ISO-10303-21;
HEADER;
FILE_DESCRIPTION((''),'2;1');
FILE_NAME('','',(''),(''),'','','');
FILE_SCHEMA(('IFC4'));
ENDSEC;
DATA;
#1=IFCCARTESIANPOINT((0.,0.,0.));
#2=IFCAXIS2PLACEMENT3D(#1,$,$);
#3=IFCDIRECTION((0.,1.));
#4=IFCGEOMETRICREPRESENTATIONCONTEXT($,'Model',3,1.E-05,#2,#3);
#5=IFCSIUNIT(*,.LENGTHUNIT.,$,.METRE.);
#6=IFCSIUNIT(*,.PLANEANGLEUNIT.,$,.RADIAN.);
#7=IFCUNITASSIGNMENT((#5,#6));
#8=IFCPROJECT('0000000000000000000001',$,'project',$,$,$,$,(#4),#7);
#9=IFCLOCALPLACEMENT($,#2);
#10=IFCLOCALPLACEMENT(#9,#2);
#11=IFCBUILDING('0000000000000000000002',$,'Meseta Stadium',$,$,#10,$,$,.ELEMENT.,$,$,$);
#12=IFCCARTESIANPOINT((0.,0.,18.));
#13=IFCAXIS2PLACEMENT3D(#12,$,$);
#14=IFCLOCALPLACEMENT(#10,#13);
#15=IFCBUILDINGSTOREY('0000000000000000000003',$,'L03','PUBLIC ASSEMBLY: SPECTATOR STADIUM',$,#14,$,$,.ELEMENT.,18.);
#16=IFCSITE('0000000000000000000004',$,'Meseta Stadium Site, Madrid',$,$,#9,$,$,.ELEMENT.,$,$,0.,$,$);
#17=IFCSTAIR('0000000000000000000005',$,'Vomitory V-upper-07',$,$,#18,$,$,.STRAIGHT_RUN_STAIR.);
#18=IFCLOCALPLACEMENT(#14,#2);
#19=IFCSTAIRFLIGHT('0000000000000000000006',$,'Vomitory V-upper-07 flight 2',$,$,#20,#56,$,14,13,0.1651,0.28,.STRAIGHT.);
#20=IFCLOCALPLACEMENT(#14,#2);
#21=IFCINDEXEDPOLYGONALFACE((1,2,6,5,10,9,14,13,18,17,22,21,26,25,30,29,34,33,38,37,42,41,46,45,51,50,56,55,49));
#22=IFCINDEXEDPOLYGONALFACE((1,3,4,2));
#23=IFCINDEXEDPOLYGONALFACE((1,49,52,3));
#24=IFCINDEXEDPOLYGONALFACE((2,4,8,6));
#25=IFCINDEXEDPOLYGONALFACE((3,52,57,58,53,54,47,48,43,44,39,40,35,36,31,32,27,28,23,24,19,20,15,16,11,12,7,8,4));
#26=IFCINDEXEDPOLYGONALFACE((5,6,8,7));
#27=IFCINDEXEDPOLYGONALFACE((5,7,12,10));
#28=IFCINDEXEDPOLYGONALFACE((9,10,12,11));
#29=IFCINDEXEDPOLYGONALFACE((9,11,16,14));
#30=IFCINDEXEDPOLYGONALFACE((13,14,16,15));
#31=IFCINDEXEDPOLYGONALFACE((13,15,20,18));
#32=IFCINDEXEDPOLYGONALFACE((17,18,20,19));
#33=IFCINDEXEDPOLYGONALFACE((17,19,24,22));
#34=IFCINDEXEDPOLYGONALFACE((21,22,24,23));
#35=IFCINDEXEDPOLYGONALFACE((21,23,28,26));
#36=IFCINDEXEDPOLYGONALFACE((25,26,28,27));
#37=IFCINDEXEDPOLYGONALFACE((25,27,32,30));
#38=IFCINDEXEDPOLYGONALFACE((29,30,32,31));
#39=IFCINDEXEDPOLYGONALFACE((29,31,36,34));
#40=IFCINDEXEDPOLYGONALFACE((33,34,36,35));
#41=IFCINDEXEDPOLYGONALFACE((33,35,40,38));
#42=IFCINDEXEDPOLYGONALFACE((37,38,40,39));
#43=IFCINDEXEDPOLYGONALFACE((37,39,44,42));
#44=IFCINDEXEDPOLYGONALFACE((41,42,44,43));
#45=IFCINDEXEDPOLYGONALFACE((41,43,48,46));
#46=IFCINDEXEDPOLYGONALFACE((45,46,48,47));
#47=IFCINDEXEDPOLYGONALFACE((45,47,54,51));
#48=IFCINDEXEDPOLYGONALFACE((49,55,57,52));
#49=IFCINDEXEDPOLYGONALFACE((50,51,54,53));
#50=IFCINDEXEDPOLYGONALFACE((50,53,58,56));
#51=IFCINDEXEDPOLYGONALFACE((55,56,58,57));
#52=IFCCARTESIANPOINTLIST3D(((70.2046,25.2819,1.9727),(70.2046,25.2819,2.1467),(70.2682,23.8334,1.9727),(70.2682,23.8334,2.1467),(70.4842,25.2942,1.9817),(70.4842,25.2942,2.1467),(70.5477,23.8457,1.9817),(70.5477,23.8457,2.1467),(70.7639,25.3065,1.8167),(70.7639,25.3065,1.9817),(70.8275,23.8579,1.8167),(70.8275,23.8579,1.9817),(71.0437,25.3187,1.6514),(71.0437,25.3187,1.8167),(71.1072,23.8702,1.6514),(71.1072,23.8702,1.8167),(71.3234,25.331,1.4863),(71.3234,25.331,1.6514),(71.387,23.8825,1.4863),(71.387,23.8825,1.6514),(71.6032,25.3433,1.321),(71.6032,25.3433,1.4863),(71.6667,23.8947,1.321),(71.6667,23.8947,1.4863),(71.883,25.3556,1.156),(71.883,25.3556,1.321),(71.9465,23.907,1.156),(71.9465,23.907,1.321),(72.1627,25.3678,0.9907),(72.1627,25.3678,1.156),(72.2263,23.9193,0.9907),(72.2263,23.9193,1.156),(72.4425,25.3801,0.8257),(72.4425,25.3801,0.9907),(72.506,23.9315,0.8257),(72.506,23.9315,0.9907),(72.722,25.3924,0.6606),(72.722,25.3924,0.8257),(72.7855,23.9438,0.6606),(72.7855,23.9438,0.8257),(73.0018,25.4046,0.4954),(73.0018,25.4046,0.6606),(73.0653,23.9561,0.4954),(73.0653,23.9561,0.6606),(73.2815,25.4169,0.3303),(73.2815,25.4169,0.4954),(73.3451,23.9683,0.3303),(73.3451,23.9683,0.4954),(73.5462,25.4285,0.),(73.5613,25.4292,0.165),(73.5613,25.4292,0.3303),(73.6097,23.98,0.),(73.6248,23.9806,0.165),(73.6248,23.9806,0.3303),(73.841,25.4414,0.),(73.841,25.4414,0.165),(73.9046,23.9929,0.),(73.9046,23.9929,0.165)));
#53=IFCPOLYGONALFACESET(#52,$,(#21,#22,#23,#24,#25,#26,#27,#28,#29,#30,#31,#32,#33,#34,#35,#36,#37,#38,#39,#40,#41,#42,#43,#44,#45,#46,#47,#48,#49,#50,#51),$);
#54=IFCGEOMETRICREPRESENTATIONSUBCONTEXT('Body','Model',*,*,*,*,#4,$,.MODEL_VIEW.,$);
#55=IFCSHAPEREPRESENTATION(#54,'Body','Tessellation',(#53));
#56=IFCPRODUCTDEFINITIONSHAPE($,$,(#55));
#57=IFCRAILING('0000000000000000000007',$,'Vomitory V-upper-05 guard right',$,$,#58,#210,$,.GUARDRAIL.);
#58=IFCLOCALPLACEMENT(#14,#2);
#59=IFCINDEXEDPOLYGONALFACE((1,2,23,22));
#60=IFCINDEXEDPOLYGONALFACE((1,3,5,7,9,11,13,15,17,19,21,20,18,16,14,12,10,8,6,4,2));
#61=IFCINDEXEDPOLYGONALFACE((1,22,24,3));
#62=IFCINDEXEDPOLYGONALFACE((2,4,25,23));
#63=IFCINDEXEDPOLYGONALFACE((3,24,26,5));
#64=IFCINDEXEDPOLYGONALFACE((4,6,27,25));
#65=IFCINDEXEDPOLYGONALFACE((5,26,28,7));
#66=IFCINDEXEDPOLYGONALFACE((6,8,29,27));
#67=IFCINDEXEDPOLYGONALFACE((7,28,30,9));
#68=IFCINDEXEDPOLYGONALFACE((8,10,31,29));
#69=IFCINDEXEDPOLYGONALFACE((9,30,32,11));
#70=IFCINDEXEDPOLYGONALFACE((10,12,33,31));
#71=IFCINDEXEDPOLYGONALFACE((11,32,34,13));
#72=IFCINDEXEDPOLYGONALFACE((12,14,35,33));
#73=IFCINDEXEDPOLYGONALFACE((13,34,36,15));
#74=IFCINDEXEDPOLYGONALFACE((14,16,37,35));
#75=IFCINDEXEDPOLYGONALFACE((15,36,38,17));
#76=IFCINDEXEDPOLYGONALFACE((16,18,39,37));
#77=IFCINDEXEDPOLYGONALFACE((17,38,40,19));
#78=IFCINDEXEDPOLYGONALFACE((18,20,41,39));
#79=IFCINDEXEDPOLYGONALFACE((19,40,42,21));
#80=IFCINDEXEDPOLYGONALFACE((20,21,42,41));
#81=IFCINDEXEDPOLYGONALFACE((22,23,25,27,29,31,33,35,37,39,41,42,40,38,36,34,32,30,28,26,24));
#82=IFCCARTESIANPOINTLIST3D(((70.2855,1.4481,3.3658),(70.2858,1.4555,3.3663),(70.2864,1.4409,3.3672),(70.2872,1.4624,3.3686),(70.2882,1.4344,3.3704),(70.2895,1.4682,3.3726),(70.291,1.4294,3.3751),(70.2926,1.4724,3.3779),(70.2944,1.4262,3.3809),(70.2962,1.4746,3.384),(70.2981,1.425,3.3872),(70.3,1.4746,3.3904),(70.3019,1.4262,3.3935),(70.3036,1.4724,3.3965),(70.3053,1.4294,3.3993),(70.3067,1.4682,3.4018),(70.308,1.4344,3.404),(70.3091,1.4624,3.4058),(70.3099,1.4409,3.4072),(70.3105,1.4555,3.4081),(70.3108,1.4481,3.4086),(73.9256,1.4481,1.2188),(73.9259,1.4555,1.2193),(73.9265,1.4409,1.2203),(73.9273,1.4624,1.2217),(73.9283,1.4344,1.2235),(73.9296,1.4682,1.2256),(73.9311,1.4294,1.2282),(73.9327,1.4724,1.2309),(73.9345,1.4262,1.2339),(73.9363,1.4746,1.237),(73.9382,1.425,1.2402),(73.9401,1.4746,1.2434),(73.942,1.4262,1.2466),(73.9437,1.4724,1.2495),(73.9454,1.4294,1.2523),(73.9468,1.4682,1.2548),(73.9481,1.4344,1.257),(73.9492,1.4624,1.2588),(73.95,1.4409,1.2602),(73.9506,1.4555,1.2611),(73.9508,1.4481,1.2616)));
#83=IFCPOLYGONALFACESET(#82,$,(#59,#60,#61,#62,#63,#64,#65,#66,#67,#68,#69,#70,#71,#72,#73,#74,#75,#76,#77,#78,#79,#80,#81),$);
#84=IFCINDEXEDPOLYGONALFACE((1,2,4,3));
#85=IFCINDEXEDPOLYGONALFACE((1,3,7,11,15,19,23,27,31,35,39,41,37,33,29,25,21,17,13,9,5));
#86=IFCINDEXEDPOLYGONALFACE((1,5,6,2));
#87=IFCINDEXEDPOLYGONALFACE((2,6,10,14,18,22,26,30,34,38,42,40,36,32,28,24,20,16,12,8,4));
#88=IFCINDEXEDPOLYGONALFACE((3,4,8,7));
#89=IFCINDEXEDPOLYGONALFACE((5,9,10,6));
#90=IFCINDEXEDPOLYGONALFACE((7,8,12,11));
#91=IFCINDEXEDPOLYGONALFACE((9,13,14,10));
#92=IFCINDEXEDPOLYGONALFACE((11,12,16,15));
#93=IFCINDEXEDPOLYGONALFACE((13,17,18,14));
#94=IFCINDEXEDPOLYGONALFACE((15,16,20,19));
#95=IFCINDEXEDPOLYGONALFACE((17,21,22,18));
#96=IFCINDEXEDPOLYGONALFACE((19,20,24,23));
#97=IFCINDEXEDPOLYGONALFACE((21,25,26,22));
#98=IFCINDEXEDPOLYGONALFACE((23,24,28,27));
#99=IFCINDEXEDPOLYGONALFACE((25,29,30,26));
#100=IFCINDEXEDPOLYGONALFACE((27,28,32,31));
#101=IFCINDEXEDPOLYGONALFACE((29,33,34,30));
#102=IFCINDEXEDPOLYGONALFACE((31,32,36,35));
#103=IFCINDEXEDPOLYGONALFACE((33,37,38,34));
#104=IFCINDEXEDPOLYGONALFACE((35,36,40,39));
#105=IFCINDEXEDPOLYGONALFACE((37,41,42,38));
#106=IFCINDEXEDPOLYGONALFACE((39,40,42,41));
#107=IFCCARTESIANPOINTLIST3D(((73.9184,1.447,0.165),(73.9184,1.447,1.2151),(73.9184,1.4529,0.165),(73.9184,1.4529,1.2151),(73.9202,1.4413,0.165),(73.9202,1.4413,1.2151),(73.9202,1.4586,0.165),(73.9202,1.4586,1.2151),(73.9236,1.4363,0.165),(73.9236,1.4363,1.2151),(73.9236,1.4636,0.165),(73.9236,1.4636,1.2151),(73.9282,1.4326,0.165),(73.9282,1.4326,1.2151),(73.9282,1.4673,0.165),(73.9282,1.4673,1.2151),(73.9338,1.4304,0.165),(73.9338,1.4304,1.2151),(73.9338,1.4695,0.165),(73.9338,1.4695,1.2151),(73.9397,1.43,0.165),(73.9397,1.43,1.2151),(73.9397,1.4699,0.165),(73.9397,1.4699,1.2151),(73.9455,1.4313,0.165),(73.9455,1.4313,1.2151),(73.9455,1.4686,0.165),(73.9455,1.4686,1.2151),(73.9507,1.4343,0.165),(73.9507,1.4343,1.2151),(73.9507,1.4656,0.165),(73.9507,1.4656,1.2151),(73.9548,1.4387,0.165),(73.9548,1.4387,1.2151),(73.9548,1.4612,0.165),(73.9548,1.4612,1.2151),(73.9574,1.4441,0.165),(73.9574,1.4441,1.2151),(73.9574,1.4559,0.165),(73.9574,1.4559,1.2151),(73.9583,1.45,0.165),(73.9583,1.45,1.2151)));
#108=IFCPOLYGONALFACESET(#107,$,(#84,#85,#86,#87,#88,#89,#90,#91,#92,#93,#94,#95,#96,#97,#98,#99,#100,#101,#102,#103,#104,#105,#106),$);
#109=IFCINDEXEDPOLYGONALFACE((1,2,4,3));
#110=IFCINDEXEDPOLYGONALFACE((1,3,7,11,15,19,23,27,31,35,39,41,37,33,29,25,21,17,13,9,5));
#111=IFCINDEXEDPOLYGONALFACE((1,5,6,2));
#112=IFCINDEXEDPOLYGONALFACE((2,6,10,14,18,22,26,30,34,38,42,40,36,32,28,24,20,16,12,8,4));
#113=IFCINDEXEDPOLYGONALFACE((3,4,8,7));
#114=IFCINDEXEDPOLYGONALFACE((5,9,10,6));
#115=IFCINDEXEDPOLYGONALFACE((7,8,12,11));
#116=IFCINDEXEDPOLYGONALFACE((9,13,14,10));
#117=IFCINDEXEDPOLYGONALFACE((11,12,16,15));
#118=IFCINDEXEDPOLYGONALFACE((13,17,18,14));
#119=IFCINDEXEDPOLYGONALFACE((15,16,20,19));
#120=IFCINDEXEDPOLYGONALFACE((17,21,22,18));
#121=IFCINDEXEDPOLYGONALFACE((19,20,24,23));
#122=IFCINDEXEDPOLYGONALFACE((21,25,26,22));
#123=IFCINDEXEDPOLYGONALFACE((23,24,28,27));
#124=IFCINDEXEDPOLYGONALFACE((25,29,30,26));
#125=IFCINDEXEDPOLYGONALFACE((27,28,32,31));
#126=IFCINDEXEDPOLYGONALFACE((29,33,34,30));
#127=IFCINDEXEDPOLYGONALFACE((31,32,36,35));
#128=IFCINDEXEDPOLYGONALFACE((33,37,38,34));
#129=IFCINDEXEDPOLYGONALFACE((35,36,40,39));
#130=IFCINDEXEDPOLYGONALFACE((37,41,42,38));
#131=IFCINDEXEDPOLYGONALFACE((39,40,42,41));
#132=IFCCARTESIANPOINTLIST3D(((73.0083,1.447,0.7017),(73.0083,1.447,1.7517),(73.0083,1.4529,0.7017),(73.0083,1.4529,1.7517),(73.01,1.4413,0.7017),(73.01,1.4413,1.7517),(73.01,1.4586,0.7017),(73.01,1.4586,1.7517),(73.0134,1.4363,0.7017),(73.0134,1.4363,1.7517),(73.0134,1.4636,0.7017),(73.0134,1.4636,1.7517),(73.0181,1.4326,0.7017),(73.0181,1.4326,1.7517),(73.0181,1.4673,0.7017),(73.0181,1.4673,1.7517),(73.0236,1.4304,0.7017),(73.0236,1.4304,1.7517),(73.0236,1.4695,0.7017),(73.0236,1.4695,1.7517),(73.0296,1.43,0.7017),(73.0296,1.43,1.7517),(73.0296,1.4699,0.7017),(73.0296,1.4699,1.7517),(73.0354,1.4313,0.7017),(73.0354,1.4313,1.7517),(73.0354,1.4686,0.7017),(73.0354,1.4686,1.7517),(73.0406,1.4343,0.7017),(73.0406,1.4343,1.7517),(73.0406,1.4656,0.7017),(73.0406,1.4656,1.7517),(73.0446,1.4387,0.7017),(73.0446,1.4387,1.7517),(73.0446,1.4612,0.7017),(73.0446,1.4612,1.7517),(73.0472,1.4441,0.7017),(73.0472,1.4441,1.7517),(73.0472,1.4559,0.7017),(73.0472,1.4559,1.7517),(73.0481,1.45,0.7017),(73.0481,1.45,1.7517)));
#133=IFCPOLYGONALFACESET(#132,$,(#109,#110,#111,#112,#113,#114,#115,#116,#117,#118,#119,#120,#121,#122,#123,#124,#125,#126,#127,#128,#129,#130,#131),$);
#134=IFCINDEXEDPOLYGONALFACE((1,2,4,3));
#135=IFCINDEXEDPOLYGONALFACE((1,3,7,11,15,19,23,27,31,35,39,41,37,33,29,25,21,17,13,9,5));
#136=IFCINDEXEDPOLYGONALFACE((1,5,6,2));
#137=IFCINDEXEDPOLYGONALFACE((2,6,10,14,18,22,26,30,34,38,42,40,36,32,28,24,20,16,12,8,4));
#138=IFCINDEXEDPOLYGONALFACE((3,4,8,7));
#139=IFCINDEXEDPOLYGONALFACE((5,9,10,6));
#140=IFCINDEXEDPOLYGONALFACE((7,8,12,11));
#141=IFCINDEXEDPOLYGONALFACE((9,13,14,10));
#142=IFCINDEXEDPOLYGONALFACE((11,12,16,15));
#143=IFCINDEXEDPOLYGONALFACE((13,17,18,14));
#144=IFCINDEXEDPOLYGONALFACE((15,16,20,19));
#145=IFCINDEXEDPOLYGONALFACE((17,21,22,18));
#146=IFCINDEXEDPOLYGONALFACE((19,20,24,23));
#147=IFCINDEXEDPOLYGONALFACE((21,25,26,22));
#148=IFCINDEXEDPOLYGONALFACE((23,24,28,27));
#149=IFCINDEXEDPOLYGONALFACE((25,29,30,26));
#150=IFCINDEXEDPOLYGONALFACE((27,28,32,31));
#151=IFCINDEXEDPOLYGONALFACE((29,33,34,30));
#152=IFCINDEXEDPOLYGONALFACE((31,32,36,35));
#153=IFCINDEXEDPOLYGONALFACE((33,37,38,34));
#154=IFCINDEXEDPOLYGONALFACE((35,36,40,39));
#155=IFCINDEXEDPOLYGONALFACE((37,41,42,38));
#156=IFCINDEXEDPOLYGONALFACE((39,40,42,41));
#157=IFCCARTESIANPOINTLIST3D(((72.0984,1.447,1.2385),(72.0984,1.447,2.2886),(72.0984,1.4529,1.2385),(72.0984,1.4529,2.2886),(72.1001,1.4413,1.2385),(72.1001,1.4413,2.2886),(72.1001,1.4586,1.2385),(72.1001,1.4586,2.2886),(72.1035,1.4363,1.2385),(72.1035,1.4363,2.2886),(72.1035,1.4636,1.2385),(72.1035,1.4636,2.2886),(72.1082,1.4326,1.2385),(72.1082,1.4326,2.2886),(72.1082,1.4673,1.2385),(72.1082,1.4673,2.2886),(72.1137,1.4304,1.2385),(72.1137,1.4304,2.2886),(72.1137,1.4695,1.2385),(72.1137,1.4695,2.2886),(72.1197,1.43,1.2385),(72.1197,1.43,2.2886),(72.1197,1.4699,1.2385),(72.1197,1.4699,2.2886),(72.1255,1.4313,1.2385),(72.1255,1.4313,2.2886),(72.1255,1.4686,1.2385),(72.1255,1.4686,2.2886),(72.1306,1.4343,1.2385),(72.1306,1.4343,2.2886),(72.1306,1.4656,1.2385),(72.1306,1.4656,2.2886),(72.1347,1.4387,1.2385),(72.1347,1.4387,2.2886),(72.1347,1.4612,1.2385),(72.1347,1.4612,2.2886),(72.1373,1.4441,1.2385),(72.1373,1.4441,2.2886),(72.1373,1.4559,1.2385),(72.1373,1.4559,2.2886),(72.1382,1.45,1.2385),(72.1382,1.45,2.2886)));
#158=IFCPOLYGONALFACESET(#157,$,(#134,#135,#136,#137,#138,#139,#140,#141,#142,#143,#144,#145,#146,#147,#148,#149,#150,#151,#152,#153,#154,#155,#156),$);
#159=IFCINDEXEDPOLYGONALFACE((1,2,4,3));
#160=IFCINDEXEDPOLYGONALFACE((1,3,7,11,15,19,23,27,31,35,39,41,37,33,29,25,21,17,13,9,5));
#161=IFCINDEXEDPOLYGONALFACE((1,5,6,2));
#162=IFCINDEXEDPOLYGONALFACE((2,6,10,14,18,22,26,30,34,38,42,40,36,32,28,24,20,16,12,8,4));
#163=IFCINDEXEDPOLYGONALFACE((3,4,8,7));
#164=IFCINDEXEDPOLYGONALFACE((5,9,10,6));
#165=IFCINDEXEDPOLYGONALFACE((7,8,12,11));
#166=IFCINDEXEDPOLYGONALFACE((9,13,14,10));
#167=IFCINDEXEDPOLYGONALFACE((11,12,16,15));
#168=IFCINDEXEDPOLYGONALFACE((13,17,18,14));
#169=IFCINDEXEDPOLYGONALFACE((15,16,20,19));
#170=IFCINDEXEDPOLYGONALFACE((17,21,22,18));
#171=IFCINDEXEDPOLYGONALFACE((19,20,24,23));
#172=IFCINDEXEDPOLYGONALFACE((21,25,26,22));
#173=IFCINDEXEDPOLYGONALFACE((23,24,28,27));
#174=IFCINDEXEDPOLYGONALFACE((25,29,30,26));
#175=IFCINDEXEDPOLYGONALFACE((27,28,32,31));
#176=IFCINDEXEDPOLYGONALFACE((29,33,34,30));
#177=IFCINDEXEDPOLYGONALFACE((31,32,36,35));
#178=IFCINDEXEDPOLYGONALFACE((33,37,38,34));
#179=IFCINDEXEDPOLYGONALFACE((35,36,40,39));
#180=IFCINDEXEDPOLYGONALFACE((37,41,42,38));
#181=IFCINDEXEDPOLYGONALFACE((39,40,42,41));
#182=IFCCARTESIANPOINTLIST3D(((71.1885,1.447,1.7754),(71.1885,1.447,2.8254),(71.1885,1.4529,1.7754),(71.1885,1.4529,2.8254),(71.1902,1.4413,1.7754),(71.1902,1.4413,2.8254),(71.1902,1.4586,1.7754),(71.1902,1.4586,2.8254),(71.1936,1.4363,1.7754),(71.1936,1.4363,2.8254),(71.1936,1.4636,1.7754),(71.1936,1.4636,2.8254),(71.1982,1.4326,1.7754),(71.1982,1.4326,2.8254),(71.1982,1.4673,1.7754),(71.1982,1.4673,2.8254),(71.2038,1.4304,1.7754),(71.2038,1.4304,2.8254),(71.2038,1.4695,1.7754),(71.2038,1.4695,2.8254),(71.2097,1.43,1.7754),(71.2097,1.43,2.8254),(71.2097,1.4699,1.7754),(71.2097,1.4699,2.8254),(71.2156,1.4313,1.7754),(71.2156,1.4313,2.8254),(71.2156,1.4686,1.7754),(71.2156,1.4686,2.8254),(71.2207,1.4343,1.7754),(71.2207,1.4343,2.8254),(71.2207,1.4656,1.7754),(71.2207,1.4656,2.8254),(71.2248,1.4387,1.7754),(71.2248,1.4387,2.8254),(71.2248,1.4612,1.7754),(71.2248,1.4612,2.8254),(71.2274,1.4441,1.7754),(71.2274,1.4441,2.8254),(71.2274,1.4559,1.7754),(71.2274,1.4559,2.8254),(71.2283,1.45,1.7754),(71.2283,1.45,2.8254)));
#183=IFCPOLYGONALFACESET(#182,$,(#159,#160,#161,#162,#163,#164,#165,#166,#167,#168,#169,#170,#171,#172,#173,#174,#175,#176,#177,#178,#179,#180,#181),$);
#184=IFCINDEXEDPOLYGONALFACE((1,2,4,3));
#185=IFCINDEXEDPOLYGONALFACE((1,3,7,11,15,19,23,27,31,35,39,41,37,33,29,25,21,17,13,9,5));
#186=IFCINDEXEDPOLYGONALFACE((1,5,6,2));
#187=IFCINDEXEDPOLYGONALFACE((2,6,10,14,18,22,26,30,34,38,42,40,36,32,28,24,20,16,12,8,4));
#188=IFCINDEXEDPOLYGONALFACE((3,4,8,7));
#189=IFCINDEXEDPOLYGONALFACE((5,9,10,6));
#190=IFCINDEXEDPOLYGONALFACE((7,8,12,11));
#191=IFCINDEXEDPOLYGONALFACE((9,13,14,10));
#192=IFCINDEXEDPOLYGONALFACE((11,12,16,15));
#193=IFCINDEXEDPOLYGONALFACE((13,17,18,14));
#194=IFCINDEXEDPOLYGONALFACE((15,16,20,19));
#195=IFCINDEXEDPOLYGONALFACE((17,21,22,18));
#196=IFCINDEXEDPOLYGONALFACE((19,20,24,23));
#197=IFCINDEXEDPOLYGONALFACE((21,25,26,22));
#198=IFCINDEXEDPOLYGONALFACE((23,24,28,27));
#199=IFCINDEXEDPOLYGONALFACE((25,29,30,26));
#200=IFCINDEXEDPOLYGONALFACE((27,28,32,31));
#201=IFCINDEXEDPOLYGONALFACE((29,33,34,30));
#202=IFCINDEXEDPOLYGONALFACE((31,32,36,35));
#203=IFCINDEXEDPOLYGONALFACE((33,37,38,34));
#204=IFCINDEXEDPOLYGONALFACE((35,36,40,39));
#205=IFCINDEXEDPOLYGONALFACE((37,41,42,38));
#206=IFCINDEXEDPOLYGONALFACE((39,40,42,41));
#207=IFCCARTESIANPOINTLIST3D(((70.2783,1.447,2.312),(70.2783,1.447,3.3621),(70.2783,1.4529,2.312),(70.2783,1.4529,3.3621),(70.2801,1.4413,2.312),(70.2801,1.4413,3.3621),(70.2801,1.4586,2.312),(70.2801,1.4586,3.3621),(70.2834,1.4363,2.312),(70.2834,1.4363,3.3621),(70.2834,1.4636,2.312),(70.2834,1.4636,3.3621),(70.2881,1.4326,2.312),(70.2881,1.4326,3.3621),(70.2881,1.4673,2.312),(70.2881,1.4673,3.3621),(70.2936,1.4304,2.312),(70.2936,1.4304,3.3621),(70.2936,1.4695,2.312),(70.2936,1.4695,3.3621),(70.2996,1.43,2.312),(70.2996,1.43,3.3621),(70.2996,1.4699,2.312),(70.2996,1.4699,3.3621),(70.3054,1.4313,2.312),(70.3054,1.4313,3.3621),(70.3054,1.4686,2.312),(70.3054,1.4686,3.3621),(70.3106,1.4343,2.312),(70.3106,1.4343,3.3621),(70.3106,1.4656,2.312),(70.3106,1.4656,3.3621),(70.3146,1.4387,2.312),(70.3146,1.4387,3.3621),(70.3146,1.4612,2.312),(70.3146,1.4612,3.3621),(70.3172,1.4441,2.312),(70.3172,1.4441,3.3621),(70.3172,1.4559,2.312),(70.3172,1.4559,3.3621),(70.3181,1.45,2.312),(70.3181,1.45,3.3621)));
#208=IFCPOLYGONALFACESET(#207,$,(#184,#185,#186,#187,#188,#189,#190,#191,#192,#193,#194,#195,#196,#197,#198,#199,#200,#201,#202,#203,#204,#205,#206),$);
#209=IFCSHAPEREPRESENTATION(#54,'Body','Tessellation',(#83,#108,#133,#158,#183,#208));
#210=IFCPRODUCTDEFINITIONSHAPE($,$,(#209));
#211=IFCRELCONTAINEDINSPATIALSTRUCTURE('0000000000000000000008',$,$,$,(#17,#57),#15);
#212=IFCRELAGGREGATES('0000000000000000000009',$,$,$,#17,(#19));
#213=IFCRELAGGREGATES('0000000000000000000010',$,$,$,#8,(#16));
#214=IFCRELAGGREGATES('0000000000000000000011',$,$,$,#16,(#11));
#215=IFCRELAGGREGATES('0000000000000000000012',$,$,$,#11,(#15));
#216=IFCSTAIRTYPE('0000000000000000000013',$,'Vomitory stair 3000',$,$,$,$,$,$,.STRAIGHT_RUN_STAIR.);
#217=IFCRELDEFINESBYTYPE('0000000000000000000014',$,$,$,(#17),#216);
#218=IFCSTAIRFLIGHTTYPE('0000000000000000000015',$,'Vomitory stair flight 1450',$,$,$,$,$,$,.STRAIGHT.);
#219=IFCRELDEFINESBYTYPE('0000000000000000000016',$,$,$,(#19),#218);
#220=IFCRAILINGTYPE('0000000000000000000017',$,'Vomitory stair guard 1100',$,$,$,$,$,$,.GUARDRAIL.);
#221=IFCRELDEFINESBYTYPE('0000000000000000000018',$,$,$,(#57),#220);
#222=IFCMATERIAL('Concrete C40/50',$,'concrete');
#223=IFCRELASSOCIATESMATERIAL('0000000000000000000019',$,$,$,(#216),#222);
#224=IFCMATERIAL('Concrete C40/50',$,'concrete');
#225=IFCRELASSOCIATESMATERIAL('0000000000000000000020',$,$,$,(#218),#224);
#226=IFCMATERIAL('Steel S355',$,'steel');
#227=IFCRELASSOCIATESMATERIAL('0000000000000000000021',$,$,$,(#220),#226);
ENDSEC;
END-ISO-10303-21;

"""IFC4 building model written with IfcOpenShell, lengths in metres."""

from ifc_helpers import new_model, si_unit, direction, frame, origin, origin_2d, place, context, subcontext, project, spatial, polyline, circle, outline, extrude, material, type_object, element, aggregate, save


model = new_model("IFC4")

# Units and contexts
model_context = context("Model", 3, precision=1e-05, world=origin(), true_north=direction((0.0, 1.0)))
body_context = subcontext(model_context, "Body", "Model", "MODEL_VIEW")
ifc_project = project(units=[si_unit("LENGTHUNIT", "METRE"), si_unit("PLANEANGLEUNIT", "RADIAN")], contexts=[model_context])

# Site, building, storey
site_placement = place(None, origin())
site = spatial("IfcSite", under=ifc_project, at=site_placement, Name="Meseta Stadium Site, Madrid", CompositionType="ELEMENT", RefElevation=0.0)
building_placement = place(site_placement, origin())
building = spatial("IfcBuilding", under=site, at=building_placement, Name="Meseta Stadium", CompositionType="ELEMENT")
storey_placement = place(building_placement, frame((0.0, 0.0, 18.0)))
storey = spatial("IfcBuildingStorey", under=building, at=storey_placement, Name="L03", Description="PUBLIC ASSEMBLY: SPECTATOR STADIUM", CompositionType="ELEMENT", Elevation=18.0)

# Shared definitions
ifc_material_1 = material(Name="Concrete C40/50", Category="concrete")
stair_type = type_object("IfcStairType", Name="Vomitory stair 3000", PredefinedType="STRAIGHT_RUN_STAIR", material=ifc_material_1)
ifc_material_2 = material(Name="Concrete C40/50", Category="concrete")
stair_flight_type = type_object("IfcStairFlightType", Name="Vomitory stair flight 1450", PredefinedType="STRAIGHT", material=ifc_material_2)

# Stair, stair flight
stair_1_placement = place(storey_placement, origin())
stair_1 = element("IfcStair", 1, at=stair_1_placement, inside=storey, type_object=stair_type, Name="Vomitory V-upper-07", PredefinedType="STRAIGHT_RUN_STAIR")
stair_flight_1_placement = place(storey_placement, frame((73.8728, 24.7173, 0.0), z_axis=(0.0, 0.0, 1.0), x_axis=(-0.99904, -0.043818, 0.0)))
stair_flight_1 = element("IfcStairFlight", 2, at=stair_flight_1_placement, type_object=stair_flight_type, Name="Vomitory V-upper-07 flight 2", NumberOfRisers=14, NumberOfTreads=13, PredefinedType="STRAIGHT", RiserHeight=0.1651, TreadLength=0.28, context=body_context, shape_type="SweptSolid", body=[
    extrude(outline(polyline([(0.0, 0.0), (0.0, 0.165), (0.28, 0.165), (0.28, 0.3303), (0.5601, 0.3303), (0.5601, 0.4954), (0.8401, 0.4954), (0.8401, 0.6606), (1.1201, 0.6606), (1.1201, 0.8257), (1.3999, 0.8257), (1.3999, 0.9907), (1.6799, 0.9907), (1.6799, 1.156), (1.96, 1.156), (1.96, 1.321), (2.24, 1.321), (2.24, 1.4863), (2.52, 1.4863), (2.52, 1.6514), (2.8, 1.6514), (2.8, 1.8167), (3.0801, 1.8167), (3.0801, 1.9817), (3.3601, 1.9817), (3.3601, 2.1467), (3.6399, 2.1467), (3.6399, 1.9727), (0.2952, 0.0), (0.0, 0.0)])), frame((0.0, 0.7251, 0.0), z_axis=(0.0, -1.0, 0.0), x_axis=(1.0, 0.0, 0.0)), (0.0, 0.0, 1.0), 1.45),
])
aggregate(stair_1, [stair_flight_1])

# Railing
ifc_material_3 = material(Name="Steel S355", Category="steel")
railing_type_1 = type_object("IfcRailingType", Name="Vomitory stair guard 1100", PredefinedType="GUARDRAIL", material=ifc_material_3)
railing_1_placement = place(storey_placement, frame((73.9382, 1.45, 0.165)))
element("IfcRailing", 3, at=railing_1_placement, inside=storey, type_object=railing_type_1, Name="Vomitory V-upper-05 guard right", PredefinedType="GUARDRAIL", context=body_context, shape_type="SweptSolid", body=[
    extrude(circle(Radius=0.0249, at=origin_2d()), frame((0.0, 0.0, 1.0752), z_axis=(-0.861343, 0.0, 0.508025), x_axis=(0.0, -1.0, 0.0)), (0.0, 0.0, 1.0), 4.2261),
    extrude(circle(Radius=0.02, at=origin_2d()), origin(), (0.0, 0.0, 1.0), 1.05),
    extrude(circle(Radius=0.02, at=origin_2d()), frame((-0.9102, 0.0, 0.5366)), (0.0, 0.0, 1.0), 1.05),
    extrude(circle(Radius=0.02, at=origin_2d()), frame((-1.8201, 0.0, 1.0735)), (0.0, 0.0, 1.0), 1.05),
    extrude(circle(Radius=0.02, at=origin_2d()), frame((-2.73, 0.0, 1.6104)), (0.0, 0.0, 1.0), 1.05),
    extrude(circle(Radius=0.02, at=origin_2d()), frame((-3.6401, 0.0, 2.147)), (0.0, 0.0, 1.0), 1.05),
])

save(model, "model.ifc")
